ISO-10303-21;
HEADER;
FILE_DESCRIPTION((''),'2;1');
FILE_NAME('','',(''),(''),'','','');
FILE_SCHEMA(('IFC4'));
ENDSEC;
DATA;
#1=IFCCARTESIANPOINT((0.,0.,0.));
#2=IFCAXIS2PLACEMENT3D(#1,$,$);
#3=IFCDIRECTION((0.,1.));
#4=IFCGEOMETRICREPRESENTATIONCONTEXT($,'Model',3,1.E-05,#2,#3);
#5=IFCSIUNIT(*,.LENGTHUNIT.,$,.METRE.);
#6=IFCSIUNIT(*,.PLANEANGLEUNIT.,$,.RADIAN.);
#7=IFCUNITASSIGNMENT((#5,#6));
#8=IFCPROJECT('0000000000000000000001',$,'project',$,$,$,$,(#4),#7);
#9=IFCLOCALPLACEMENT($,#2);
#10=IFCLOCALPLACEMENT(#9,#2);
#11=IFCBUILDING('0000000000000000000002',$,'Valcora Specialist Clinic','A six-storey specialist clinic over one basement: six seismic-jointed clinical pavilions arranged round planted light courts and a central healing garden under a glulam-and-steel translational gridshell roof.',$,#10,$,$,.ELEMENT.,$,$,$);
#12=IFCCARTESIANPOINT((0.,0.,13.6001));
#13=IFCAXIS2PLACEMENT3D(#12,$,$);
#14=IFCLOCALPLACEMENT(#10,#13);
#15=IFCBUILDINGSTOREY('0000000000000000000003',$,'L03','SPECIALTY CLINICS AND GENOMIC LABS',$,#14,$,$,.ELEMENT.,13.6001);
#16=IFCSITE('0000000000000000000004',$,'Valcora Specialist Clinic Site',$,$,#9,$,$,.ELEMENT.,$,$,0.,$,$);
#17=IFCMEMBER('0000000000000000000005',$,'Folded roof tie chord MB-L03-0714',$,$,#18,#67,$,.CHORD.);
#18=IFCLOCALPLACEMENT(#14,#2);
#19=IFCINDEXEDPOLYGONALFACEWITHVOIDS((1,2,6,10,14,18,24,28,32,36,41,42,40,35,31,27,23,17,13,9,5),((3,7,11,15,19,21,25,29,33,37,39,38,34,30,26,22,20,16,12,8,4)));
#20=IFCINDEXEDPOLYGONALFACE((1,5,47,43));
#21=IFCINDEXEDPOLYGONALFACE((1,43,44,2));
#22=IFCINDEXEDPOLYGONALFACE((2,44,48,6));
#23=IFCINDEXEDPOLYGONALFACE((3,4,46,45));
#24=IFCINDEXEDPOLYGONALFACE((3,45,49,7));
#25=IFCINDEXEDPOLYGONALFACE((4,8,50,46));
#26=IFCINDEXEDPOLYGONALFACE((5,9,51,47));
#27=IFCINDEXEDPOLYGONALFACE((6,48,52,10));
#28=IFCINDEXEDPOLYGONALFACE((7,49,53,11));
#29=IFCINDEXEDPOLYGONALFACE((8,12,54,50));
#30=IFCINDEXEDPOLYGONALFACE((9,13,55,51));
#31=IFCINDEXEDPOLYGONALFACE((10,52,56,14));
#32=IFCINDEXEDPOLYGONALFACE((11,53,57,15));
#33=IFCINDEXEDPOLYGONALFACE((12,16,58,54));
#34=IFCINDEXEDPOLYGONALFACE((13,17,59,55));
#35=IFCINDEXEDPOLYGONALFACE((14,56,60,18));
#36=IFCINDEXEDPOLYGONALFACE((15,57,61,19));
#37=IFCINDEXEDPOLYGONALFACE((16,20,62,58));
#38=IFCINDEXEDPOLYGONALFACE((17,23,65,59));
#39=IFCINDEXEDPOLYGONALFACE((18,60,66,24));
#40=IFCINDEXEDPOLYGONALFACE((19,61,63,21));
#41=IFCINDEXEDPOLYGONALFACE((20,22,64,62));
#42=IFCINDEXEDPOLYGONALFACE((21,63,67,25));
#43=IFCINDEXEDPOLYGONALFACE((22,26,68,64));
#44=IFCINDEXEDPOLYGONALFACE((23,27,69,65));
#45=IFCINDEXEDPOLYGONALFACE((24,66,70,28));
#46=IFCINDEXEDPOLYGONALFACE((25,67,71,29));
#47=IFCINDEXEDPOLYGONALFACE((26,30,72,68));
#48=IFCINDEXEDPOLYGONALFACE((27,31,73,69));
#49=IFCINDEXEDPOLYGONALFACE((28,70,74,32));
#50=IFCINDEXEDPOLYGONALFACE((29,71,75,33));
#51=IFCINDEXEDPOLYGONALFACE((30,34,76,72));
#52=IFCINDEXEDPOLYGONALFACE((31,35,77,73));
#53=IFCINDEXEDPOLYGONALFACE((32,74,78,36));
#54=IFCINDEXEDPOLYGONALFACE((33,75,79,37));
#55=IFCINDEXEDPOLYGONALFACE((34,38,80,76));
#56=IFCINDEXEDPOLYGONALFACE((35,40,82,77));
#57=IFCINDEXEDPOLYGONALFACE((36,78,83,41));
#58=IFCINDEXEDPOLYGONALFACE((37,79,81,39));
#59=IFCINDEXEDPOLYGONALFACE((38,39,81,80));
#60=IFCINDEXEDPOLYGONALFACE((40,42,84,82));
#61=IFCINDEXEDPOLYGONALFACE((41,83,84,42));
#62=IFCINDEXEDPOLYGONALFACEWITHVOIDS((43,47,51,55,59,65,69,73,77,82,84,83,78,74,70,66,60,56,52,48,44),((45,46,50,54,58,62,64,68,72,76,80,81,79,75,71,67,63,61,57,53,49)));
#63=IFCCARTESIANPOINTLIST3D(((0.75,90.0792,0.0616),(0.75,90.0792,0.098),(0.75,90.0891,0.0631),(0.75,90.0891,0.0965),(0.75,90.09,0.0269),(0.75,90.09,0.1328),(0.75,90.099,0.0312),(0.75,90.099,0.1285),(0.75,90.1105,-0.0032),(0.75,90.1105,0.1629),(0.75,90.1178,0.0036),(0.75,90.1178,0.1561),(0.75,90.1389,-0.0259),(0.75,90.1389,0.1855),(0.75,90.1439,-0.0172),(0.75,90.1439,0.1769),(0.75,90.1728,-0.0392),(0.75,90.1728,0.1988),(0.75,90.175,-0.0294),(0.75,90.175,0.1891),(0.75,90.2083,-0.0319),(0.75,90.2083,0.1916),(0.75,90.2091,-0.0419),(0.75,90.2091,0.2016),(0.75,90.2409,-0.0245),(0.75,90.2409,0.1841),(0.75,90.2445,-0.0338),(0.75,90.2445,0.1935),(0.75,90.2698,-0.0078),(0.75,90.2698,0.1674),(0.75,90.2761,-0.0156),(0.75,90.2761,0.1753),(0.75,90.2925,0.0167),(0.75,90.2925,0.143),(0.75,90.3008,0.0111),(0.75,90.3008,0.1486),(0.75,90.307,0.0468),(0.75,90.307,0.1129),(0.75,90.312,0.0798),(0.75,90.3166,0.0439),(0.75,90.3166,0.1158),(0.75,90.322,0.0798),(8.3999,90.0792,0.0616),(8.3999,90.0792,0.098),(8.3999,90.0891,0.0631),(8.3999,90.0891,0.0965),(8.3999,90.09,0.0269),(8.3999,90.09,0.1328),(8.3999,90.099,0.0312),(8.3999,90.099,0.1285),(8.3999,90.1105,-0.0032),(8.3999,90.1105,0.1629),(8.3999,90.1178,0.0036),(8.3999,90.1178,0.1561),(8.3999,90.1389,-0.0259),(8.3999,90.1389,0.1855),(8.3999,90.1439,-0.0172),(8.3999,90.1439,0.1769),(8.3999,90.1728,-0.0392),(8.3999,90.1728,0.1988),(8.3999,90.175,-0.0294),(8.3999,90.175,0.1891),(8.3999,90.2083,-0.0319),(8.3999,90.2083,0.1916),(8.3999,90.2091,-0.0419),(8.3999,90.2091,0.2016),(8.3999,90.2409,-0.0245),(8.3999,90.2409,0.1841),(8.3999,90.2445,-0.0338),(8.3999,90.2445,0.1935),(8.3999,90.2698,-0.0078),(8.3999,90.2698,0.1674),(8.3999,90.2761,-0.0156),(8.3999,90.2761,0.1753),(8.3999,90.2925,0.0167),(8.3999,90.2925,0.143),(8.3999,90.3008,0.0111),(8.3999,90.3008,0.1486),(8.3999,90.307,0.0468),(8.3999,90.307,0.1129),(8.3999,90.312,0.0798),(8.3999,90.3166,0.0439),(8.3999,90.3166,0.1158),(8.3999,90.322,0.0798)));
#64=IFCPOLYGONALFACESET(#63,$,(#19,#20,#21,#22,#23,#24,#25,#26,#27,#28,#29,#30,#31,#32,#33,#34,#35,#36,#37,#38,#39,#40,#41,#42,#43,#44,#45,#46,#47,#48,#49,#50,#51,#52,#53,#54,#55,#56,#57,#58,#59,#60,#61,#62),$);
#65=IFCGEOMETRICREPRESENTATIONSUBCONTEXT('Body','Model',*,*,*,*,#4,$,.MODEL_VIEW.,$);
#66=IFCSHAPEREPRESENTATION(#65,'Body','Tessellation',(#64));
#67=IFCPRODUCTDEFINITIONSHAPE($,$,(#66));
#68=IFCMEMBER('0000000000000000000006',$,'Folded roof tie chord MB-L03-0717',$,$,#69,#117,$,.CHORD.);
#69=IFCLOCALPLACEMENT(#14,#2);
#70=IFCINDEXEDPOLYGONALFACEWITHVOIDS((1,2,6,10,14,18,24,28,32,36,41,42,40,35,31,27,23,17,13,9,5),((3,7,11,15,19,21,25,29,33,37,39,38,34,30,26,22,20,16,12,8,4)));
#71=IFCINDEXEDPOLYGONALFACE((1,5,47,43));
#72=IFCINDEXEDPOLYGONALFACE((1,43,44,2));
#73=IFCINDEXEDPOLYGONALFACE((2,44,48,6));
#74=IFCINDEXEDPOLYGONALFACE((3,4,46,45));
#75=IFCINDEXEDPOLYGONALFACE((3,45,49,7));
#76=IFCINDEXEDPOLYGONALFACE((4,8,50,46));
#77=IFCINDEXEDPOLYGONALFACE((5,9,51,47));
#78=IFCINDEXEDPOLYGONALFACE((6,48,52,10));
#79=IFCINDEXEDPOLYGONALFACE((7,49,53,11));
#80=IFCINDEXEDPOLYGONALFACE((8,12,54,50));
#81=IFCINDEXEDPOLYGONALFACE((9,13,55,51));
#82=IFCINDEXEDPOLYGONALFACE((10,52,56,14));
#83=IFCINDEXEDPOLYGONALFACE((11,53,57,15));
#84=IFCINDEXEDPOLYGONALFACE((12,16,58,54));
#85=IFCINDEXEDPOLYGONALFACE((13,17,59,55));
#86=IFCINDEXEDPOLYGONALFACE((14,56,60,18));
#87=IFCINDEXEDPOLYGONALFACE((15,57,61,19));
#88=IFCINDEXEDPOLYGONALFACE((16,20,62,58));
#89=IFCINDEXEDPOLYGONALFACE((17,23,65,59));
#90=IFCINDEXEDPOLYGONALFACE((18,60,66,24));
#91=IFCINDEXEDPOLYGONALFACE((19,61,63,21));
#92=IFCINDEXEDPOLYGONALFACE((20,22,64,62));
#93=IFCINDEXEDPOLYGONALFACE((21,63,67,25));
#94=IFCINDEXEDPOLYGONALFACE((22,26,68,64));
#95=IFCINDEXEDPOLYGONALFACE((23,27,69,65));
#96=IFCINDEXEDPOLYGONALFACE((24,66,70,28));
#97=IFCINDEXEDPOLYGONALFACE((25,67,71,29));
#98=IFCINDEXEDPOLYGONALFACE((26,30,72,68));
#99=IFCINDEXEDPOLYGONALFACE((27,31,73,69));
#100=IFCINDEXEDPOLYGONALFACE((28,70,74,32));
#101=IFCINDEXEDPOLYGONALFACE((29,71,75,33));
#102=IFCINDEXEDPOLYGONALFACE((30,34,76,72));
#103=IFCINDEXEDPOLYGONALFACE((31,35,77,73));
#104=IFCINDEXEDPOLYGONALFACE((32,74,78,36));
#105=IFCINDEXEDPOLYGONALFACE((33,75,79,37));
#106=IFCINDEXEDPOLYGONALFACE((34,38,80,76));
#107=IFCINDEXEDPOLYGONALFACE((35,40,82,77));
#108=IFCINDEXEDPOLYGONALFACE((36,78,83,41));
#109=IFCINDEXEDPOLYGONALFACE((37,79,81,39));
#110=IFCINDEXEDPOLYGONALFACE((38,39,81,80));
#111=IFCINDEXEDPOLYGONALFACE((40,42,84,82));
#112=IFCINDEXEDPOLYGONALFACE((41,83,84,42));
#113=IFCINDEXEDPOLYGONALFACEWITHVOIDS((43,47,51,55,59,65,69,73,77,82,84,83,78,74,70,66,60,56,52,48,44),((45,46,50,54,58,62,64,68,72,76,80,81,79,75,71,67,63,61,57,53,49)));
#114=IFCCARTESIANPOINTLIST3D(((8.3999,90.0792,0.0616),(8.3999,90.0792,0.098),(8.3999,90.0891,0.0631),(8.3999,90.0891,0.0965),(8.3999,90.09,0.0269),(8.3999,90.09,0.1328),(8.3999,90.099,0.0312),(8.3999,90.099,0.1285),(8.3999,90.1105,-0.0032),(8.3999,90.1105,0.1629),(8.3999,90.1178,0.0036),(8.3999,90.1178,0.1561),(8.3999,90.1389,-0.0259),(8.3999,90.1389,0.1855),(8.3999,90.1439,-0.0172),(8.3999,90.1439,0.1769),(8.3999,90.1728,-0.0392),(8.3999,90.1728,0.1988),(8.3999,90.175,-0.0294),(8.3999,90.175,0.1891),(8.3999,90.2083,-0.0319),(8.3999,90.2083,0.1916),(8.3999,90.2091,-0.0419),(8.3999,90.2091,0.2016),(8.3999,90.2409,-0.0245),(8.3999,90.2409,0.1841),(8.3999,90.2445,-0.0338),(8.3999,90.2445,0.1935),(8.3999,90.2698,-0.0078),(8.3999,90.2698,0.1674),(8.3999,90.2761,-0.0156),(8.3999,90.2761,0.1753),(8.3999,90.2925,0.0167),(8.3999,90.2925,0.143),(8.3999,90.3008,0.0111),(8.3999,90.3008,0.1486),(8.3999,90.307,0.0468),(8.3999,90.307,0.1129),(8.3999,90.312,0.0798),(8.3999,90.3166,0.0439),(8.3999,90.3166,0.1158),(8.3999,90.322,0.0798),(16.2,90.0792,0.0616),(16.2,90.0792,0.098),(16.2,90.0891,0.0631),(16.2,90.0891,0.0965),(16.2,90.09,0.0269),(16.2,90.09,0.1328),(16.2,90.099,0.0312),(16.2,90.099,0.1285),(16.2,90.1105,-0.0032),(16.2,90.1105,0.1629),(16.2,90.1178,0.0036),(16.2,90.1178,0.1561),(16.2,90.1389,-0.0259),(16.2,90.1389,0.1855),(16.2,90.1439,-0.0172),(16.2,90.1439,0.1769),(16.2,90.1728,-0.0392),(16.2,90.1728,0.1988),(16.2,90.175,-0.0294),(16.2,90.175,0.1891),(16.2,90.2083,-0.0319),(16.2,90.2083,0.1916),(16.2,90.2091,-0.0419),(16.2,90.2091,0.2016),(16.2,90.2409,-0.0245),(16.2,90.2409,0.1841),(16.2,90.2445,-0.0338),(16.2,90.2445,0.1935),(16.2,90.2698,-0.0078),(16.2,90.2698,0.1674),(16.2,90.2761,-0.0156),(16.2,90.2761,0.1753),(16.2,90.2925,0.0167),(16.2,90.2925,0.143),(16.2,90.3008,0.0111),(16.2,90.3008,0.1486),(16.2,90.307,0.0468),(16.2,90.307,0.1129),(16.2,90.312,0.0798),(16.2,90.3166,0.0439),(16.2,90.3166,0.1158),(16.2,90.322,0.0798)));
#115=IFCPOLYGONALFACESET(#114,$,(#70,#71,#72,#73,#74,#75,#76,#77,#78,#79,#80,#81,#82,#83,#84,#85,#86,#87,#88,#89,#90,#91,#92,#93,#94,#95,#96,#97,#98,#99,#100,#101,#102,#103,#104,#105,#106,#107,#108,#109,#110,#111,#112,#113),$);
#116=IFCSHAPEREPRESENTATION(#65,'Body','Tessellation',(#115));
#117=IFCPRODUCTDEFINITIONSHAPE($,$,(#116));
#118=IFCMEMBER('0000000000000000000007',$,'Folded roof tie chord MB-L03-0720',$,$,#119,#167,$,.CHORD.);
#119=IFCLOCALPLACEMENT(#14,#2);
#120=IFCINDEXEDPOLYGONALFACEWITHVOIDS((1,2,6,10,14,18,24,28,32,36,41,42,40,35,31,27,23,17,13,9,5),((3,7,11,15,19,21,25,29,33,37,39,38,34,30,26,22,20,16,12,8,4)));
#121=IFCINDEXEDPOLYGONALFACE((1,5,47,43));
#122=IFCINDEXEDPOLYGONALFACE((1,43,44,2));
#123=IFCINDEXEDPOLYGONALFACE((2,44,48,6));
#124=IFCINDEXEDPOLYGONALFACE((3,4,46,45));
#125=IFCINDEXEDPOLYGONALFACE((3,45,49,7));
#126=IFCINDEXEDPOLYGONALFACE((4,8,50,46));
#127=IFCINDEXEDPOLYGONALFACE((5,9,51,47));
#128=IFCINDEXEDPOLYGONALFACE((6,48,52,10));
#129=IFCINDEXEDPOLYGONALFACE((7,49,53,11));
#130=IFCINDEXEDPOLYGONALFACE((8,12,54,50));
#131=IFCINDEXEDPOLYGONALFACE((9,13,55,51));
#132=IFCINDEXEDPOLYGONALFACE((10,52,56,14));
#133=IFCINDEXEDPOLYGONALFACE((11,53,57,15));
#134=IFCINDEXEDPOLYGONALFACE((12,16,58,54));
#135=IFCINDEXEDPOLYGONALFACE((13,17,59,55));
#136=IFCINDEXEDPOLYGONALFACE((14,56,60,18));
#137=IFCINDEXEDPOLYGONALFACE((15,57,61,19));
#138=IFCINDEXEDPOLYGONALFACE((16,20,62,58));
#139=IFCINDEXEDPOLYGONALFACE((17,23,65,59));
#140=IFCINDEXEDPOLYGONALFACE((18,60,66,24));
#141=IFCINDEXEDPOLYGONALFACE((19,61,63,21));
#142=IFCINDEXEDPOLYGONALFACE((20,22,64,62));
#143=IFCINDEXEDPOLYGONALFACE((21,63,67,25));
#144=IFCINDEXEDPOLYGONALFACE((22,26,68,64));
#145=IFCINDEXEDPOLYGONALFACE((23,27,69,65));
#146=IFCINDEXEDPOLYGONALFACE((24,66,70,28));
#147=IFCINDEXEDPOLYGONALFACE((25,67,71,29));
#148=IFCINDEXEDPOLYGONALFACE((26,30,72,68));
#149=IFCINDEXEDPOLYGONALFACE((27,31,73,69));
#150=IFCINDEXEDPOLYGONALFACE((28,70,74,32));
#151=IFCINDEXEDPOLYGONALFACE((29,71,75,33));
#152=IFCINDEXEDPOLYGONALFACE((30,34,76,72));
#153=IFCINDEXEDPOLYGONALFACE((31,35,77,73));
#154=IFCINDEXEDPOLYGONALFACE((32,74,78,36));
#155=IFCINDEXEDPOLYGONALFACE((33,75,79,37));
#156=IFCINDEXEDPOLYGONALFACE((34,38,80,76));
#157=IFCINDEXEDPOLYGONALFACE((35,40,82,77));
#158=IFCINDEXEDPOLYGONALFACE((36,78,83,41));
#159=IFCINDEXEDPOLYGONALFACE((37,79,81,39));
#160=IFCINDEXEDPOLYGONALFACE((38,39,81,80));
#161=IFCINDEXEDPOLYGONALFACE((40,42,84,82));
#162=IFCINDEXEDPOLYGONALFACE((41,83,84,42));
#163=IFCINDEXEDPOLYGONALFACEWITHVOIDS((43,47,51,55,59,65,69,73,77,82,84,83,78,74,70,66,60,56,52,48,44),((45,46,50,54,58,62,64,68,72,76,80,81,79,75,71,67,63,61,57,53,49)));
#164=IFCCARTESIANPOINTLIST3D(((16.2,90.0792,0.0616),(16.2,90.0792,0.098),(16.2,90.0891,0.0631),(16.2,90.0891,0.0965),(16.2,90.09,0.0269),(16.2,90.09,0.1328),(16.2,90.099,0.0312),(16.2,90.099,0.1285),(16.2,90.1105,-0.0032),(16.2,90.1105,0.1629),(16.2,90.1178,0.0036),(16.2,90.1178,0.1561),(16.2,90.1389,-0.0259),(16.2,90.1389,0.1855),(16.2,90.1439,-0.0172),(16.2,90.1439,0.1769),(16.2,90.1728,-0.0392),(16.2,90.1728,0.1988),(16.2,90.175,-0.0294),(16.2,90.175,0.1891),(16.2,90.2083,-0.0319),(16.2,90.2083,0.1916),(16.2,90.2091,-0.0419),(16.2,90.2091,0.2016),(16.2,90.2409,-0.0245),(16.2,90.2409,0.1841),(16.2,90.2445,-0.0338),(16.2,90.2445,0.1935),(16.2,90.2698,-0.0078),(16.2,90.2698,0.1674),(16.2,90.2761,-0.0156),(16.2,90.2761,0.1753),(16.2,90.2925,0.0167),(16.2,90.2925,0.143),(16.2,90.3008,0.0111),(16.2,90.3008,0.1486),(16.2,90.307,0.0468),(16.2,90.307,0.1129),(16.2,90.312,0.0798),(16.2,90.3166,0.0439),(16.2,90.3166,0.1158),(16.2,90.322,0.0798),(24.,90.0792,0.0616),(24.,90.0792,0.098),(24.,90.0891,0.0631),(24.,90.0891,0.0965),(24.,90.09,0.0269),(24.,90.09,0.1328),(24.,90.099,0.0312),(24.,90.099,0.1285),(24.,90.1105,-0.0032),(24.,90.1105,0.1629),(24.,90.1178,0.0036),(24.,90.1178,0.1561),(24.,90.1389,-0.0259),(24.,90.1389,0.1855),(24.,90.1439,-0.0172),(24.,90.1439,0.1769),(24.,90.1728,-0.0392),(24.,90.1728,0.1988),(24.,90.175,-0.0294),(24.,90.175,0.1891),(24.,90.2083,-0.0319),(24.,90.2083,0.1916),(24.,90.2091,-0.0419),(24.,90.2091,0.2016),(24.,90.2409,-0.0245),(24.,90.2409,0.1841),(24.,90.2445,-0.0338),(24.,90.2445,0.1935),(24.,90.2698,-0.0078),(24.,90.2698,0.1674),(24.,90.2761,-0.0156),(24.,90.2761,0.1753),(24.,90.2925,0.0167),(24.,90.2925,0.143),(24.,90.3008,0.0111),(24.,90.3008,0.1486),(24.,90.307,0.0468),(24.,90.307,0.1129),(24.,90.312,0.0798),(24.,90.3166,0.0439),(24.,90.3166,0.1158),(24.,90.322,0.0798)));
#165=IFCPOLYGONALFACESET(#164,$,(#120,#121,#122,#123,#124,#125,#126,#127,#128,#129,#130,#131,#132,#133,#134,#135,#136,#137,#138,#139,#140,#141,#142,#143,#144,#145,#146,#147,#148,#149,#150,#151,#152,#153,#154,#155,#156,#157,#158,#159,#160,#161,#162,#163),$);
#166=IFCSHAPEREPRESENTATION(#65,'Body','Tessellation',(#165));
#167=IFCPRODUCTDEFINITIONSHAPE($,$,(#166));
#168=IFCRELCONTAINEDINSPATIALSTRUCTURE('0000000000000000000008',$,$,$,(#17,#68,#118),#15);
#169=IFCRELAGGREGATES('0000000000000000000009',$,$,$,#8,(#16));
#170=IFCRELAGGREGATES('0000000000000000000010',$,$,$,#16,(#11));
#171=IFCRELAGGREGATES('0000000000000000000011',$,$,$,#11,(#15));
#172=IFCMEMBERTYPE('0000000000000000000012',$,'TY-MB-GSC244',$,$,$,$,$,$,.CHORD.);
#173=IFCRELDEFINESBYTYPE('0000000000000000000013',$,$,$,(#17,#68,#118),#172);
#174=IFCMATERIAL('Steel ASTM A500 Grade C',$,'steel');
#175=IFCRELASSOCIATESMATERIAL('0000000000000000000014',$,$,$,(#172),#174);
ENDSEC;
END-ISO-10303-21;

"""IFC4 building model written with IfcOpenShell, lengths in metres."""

from ifc_helpers import new_model, si_unit, direction, frame, origin, origin_2d, place, context, subcontext, project, spatial, hollow_circle, extrude, material, material_profile, profile_set, type_object, element, save


model = new_model("IFC4")

# Units and contexts
model_context = context("Model", 3, precision=1e-05, world=origin(), true_north=direction((0.0, 1.0)))
body_context = subcontext(model_context, "Body", "Model", "MODEL_VIEW")
ifc_project = project(units=[si_unit("LENGTHUNIT", "METRE"), si_unit("PLANEANGLEUNIT", "RADIAN")], contexts=[model_context])

# Site, building, storey
site_placement = place(None, origin())
site = spatial("IfcSite", under=ifc_project, at=site_placement, Name="Valcora Specialist Clinic Site", CompositionType="ELEMENT", RefElevation=0.0)
building_placement = place(site_placement, origin())
building = spatial("IfcBuilding", under=site, at=building_placement, Name="Valcora Specialist Clinic", Description="A six-storey specialist clinic over one basement: six seismic-jointed clinical pavilions arranged round planted light courts and a central healing garden under a glulam-and-steel translational gridshell roof.", CompositionType="ELEMENT")
storey_placement = place(building_placement, frame((0.0, 0.0, 13.6001)))
storey = spatial("IfcBuildingStorey", under=building, at=storey_placement, Name="L03", Description="SPECIALTY CLINICS AND GENOMIC LABS", CompositionType="ELEMENT", Elevation=13.6001)

# Shared definitions
ifc_material_1 = material(Name="Steel ASTM A500 Grade C", Category="steel")

# Members
ifc_material_profile_1 = material_profile(ifc_material_1, hollow_circle(Radius=0.1221, WallThickness=0.01, at=origin_2d()), Name="ST-CHS-244X10")
ifc_profile_set_1 = profile_set([ifc_material_profile_1], Name="Steel ASTM A500 Grade C")
member_type_1 = type_object("IfcMemberType", Name="TY-MB-GSC244", PredefinedType="CHORD", material=ifc_profile_set_1)
member_1_placement = place(storey_placement, frame((0.75, 90.2, 0.0798), z_axis=(1.0, 0.0, 0.0), x_axis=(0.0, 1.0, 0.0)))
element("IfcMember", 1, at=member_1_placement, inside=storey, type_object=member_type_1, Name="Folded roof tie chord MB-L03-0714", PredefinedType="CHORD", context=body_context, shape_type="SweptSolid", body=[
    extrude(hollow_circle(Radius=0.1221, WallThickness=0.01, at=origin_2d()), origin(), (0.0, 0.0, 1.0), 7.6499),
])
for number, where, z_axis, x_axis, name in (
    (2, (8.3999, 90.2, 0.0798), (1.0, 0.0, 0.0), (0.0, 1.0, 0.0), "Folded roof tie chord MB-L03-0717"),
    (3, (16.2, 90.2, 0.0798), (1.0, 0.0, 0.0), (0.0, 1.0, 0.0), "Folded roof tie chord MB-L03-0720"),
):
    element("IfcMember", number, at=place(storey_placement, frame(where, z_axis=z_axis, x_axis=x_axis)), inside=storey, type_object=member_type_1, Name=name, PredefinedType="CHORD", context=body_context, shape_type="SweptSolid", body=[
        extrude(hollow_circle(Radius=0.1221, WallThickness=0.01, at=origin_2d()), origin(), (0.0, 0.0, 1.0), 7.8),
    ])

save(model, "model.ifc")
